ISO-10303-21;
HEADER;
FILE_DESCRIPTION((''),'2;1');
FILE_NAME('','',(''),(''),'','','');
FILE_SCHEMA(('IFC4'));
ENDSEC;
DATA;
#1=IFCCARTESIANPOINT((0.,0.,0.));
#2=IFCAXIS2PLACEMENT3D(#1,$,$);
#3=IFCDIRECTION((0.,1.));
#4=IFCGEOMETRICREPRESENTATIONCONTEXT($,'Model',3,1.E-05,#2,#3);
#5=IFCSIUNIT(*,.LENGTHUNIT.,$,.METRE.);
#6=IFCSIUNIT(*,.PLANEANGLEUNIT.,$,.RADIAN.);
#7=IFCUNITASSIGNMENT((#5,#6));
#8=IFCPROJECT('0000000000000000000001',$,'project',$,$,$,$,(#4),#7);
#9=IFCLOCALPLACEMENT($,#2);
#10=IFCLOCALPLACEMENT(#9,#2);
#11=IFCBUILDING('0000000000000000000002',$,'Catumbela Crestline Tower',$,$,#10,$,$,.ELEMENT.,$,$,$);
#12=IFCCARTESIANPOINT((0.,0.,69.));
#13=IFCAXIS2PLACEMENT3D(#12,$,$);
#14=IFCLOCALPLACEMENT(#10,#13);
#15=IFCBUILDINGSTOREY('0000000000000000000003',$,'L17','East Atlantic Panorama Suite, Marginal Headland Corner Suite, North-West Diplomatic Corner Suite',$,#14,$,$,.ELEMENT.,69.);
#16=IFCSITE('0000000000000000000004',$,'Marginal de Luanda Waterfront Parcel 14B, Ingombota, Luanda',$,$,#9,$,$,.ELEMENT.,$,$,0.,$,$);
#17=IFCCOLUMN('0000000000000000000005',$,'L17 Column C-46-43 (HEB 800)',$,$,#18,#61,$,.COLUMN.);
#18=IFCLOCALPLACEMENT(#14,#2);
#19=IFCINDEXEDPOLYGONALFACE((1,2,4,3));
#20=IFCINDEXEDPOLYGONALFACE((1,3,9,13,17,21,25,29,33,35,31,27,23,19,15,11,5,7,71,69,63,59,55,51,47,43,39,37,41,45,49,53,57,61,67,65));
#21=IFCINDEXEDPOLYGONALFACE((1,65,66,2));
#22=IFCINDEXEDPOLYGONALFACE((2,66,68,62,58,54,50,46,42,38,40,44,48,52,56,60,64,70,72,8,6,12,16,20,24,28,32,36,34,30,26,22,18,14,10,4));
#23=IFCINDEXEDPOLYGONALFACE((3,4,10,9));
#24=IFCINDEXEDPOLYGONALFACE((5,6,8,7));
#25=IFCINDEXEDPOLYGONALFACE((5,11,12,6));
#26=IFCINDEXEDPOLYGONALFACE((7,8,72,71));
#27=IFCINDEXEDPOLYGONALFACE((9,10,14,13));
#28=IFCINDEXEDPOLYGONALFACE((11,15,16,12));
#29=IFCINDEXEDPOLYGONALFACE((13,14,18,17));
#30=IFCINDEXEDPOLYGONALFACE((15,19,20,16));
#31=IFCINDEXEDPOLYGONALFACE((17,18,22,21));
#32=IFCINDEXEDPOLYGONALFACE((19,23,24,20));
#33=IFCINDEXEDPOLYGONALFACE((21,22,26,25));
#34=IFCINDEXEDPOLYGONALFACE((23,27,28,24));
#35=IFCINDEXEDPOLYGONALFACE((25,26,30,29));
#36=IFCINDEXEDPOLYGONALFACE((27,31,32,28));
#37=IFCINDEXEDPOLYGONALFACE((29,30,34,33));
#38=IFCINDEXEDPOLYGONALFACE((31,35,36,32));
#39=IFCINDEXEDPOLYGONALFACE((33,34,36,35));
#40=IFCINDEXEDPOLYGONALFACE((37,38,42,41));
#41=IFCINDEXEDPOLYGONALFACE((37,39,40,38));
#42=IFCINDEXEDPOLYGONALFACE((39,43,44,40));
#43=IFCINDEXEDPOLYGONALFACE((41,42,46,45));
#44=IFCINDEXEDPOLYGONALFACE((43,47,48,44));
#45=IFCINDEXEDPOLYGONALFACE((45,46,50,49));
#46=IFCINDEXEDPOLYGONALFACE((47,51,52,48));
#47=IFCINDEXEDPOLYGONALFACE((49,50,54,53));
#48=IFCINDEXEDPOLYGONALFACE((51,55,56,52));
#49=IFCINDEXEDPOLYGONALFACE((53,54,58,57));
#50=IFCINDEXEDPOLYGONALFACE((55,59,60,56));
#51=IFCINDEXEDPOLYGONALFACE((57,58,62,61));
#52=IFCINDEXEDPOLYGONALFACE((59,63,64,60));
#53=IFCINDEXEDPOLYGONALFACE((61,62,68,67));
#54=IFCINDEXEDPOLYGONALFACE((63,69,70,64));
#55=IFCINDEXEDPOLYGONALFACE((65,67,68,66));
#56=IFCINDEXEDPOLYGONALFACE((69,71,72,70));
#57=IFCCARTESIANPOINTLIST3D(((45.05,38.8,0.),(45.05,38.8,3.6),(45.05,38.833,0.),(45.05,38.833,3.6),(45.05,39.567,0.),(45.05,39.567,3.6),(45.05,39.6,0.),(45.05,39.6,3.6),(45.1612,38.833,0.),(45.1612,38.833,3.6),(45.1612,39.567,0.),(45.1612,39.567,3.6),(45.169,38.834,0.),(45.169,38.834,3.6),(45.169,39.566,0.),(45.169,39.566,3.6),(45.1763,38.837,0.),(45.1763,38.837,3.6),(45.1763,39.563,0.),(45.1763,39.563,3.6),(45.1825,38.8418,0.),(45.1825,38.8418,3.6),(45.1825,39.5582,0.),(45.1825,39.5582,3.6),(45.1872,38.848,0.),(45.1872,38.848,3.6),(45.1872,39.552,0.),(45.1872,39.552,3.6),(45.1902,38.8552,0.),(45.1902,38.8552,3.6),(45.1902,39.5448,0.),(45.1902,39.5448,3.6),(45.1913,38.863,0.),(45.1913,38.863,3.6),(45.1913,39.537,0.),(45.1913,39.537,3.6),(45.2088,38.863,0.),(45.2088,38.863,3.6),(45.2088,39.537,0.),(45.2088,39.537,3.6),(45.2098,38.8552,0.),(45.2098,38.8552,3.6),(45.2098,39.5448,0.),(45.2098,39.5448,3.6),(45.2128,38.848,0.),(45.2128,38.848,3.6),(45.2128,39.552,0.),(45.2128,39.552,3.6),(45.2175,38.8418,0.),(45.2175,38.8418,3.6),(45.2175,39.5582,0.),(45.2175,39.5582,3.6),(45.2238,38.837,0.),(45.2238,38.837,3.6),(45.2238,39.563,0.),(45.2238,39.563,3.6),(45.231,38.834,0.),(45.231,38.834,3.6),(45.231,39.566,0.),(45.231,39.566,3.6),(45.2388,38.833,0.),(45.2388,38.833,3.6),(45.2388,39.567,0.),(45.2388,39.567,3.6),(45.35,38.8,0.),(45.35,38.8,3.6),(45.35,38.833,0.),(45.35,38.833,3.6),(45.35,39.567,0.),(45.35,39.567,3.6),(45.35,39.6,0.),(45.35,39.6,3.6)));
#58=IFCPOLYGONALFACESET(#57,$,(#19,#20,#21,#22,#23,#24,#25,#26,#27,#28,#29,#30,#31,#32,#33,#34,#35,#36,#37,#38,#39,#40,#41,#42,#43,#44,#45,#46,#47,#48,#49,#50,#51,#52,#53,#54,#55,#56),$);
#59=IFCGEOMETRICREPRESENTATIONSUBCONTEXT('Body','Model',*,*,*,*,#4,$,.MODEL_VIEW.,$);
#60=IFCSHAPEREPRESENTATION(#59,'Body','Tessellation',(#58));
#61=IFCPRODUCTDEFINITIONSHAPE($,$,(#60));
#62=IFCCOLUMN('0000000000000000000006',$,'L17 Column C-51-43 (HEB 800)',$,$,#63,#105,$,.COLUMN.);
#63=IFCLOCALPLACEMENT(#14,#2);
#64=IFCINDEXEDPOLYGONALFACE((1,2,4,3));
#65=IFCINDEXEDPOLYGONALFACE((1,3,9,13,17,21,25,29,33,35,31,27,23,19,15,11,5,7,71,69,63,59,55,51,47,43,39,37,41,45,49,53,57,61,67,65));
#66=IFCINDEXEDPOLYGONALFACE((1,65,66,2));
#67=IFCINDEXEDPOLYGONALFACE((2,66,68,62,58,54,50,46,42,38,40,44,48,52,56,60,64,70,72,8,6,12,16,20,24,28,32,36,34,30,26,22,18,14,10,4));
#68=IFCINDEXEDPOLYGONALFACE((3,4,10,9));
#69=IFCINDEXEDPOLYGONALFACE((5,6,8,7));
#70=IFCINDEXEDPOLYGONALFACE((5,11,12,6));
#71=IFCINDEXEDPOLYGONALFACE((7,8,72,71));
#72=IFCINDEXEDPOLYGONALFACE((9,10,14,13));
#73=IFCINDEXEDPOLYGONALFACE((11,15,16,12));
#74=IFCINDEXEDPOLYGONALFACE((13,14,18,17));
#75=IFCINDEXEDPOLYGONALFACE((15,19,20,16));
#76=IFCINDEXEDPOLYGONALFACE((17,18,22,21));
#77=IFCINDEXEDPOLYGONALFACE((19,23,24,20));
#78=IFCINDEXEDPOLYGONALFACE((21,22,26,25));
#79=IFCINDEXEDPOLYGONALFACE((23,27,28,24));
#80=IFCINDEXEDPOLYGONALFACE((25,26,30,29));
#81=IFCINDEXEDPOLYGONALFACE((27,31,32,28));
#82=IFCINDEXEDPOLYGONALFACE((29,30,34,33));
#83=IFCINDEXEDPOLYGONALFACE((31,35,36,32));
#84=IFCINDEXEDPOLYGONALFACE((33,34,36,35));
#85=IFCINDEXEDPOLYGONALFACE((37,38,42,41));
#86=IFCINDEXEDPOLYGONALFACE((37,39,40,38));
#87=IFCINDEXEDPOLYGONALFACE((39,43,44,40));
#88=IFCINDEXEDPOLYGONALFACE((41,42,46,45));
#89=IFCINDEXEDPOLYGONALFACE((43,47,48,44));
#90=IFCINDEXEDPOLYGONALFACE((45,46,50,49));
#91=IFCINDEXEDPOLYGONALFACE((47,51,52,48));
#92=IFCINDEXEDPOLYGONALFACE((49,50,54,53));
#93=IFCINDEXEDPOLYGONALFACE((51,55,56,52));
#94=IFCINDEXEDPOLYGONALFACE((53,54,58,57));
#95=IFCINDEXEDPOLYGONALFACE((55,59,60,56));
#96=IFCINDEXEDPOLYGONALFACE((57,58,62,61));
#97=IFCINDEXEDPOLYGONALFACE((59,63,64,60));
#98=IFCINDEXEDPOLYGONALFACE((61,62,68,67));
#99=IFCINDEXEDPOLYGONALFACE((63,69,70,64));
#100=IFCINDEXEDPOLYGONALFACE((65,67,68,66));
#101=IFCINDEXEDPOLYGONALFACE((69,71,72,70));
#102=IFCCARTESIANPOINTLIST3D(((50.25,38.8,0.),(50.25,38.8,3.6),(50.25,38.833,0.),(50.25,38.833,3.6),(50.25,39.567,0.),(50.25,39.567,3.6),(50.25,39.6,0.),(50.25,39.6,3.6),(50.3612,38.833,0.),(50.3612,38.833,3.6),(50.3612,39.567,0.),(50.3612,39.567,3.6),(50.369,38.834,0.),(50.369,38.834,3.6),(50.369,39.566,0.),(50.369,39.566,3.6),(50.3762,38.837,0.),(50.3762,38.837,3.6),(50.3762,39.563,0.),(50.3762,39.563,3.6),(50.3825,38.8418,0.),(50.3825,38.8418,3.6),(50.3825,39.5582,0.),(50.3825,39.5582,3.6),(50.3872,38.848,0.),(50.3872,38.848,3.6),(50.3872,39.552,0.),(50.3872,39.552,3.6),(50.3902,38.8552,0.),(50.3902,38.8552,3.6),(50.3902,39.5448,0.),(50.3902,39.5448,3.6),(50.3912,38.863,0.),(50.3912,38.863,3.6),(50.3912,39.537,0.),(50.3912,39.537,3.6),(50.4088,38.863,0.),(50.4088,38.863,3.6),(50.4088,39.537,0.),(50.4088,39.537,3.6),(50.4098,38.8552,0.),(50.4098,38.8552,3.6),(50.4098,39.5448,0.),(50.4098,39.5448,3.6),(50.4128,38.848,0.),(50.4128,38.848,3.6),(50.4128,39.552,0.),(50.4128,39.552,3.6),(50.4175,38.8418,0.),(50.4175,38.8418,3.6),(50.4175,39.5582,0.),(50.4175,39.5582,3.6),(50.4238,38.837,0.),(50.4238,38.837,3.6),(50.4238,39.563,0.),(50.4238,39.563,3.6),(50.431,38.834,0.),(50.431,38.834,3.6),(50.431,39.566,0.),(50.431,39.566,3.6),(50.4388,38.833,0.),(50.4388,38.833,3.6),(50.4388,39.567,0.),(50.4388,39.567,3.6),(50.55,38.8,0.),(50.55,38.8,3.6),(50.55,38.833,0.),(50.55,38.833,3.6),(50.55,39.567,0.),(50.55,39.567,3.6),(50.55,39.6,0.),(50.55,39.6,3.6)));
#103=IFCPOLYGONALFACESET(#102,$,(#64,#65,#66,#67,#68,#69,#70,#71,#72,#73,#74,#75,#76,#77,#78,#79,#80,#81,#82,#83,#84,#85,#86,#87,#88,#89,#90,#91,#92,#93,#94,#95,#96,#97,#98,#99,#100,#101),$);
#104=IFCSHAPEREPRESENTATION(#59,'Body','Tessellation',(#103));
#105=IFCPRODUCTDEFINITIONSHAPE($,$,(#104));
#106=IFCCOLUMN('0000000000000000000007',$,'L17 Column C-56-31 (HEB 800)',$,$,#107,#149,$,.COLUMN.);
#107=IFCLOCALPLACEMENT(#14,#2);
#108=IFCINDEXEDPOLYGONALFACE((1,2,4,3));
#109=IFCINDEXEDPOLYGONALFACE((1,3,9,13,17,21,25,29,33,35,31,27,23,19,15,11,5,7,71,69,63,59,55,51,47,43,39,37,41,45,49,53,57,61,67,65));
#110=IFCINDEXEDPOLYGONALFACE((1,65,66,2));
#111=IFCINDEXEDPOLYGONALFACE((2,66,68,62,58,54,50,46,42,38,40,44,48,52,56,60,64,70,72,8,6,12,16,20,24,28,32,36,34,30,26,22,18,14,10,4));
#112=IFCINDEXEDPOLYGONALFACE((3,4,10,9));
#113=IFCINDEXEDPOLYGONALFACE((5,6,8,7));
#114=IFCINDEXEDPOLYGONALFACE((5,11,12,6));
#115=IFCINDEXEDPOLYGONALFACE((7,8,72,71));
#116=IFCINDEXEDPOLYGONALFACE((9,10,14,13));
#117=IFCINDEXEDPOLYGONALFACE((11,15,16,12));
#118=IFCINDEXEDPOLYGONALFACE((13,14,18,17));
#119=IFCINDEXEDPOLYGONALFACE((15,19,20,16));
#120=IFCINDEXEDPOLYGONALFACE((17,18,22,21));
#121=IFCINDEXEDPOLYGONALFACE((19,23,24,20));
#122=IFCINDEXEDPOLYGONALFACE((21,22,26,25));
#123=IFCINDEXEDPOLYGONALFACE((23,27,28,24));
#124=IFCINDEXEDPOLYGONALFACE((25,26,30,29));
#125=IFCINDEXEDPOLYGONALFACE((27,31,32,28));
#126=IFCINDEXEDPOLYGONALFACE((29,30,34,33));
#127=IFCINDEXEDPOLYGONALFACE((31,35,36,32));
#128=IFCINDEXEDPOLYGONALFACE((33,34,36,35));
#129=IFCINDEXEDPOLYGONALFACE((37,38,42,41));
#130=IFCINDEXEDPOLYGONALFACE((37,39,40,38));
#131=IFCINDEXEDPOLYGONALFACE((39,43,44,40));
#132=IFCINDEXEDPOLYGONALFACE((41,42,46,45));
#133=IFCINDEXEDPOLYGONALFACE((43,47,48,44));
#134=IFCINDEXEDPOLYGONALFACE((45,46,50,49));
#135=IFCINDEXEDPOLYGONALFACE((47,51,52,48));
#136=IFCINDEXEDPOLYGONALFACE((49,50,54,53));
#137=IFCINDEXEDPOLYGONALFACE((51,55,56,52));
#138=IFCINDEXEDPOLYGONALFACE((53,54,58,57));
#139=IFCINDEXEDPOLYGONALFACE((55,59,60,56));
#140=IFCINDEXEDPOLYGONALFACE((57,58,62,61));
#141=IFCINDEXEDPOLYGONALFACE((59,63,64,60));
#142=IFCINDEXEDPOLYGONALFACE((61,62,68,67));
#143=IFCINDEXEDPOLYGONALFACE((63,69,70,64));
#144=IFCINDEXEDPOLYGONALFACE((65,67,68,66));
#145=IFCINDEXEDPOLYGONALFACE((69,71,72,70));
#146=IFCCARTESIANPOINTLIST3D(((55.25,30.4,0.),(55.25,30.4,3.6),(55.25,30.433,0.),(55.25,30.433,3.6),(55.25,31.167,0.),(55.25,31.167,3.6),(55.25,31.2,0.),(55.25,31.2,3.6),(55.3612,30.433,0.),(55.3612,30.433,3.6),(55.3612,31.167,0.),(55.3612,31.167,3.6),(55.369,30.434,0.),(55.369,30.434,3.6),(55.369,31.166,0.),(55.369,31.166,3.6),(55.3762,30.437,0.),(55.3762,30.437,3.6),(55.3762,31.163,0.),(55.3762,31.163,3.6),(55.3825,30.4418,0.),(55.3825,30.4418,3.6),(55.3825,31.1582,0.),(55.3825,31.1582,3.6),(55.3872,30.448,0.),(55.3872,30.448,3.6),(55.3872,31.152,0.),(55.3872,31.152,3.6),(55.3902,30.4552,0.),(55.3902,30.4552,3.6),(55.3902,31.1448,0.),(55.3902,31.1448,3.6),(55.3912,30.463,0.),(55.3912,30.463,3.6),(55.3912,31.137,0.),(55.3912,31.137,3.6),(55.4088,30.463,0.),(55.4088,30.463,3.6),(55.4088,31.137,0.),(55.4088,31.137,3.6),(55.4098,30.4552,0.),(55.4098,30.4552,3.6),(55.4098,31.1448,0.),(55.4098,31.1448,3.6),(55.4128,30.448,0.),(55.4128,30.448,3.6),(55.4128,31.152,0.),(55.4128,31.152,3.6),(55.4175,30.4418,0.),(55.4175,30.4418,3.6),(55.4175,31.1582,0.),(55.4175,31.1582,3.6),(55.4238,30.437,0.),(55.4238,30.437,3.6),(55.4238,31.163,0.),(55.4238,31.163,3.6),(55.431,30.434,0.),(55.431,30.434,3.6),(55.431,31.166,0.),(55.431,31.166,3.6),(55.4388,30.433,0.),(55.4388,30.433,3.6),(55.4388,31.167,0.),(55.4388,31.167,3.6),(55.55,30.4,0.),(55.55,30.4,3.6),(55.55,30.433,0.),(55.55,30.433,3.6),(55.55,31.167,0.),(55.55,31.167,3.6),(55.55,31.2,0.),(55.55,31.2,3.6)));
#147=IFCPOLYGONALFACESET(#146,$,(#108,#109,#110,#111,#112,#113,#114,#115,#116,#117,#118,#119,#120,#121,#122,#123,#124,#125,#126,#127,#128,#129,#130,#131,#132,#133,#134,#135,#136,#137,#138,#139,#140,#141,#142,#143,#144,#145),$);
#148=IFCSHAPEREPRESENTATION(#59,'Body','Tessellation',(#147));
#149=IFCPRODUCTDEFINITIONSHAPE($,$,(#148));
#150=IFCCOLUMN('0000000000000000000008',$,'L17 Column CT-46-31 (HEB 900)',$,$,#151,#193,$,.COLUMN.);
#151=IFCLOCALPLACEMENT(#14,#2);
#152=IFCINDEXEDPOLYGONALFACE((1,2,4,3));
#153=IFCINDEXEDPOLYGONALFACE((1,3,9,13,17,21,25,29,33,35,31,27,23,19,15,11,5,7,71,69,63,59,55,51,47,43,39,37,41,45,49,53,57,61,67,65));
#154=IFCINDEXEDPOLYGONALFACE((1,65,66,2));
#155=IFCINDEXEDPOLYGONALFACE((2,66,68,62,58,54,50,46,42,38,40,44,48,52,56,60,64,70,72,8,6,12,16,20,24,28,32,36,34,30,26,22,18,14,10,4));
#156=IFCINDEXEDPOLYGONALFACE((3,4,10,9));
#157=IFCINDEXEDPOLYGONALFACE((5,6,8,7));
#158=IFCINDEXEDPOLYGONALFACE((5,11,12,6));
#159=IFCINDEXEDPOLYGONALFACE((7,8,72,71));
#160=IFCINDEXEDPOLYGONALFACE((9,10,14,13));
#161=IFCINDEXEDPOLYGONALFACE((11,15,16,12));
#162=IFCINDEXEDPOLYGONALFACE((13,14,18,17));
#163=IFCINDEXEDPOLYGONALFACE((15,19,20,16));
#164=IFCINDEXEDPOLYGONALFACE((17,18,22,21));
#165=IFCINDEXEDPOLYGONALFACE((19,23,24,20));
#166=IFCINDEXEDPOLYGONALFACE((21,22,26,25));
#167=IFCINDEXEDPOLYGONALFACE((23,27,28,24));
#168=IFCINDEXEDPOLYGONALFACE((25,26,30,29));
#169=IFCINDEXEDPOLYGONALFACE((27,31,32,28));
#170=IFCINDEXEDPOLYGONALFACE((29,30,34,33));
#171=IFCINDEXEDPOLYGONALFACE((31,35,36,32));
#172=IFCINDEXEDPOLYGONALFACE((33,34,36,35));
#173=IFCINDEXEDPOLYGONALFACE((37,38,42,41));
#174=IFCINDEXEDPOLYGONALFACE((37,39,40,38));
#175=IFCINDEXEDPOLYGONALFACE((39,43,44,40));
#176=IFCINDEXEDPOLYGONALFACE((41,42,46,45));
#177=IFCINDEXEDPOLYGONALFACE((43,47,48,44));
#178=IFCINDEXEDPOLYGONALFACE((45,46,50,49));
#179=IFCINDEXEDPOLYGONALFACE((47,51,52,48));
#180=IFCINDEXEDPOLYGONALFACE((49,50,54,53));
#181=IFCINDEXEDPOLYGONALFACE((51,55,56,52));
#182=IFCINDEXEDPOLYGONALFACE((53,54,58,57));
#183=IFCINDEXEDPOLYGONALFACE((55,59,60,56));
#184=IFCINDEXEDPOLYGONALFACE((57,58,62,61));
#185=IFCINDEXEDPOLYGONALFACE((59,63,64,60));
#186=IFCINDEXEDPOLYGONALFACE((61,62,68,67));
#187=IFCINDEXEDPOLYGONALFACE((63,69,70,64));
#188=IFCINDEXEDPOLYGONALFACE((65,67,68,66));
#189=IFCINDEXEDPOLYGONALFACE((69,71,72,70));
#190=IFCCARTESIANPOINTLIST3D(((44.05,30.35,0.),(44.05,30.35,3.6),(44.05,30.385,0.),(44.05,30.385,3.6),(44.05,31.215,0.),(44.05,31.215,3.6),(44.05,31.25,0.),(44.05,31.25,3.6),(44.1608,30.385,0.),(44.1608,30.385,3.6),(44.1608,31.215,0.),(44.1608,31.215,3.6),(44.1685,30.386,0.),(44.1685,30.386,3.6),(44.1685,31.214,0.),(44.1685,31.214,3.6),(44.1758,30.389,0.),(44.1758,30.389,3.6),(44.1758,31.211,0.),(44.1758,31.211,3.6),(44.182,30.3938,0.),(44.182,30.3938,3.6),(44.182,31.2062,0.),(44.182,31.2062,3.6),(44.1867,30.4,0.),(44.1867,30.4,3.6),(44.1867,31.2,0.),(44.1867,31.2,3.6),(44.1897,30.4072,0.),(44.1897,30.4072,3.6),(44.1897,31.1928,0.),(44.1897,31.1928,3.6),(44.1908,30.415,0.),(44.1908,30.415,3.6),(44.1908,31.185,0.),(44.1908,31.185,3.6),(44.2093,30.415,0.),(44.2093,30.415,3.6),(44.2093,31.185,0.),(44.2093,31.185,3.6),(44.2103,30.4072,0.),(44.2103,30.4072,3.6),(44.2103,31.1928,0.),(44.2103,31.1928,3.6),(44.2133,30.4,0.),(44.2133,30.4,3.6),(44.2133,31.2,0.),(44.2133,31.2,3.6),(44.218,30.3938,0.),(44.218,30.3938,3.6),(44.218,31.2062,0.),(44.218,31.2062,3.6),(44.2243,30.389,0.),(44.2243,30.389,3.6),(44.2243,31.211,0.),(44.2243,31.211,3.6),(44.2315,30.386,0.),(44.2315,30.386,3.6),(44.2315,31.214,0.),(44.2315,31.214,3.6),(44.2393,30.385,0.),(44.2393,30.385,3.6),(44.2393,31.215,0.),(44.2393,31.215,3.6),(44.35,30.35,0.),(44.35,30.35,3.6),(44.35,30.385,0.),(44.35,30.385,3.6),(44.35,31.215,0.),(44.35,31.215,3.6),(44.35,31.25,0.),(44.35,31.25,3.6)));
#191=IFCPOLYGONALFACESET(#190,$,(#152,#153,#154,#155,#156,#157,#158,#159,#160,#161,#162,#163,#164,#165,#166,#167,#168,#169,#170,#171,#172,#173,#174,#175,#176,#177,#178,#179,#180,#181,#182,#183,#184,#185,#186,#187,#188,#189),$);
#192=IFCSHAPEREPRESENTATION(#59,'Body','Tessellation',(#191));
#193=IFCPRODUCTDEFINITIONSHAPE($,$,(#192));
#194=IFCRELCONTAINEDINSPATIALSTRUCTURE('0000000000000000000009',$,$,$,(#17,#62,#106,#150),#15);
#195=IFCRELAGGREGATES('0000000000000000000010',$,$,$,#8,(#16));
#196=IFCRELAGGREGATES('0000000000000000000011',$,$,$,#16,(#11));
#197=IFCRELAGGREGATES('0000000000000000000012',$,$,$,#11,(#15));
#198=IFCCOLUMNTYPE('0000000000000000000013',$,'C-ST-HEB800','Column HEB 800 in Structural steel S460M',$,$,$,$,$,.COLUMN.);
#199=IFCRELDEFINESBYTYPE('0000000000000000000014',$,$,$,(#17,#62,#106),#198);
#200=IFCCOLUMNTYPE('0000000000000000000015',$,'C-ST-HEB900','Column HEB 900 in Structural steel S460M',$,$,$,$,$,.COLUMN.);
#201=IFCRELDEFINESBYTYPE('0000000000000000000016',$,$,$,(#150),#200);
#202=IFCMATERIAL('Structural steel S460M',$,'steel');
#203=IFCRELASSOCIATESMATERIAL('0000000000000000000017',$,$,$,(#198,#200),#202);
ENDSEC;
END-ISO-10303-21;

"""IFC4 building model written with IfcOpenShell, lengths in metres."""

from ifc_helpers import new_model, si_unit, direction, frame, origin, origin_2d, place, context, subcontext, project, spatial, i_section, extrude, material, material_profile, profile_set, type_object, element, save


model = new_model("IFC4")

# Units and contexts
model_context = context("Model", 3, precision=1e-05, world=origin(), true_north=direction((0.0, 1.0)))
body_context = subcontext(model_context, "Body", "Model", "MODEL_VIEW")
ifc_project = project(units=[si_unit("LENGTHUNIT", "METRE"), si_unit("PLANEANGLEUNIT", "RADIAN")], contexts=[model_context])

# Site, building, storey
site_placement = place(None, origin())
site = spatial("IfcSite", under=ifc_project, at=site_placement, Name="Marginal de Luanda Waterfront Parcel 14B, Ingombota, Luanda", CompositionType="ELEMENT", RefElevation=0.0)
building_placement = place(site_placement, origin())
building = spatial("IfcBuilding", under=site, at=building_placement, Name="Catumbela Crestline Tower", CompositionType="ELEMENT")
storey_placement = place(building_placement, frame((0.0, 0.0, 69.0)))
storey = spatial("IfcBuildingStorey", under=building, at=storey_placement, Name="L17", Description="East Atlantic Panorama Suite, Marginal Headland Corner Suite, North-West Diplomatic Corner Suite", CompositionType="ELEMENT", Elevation=69.0)

# Columns
ifc_material_1 = material(Name="Structural steel S460M", Category="steel")
ifc_material_profile_1 = material_profile(ifc_material_1, i_section(OverallWidth=0.3, OverallDepth=0.8, WebThickness=0.0175, FlangeThickness=0.033, FilletRadius=0.03, at=origin_2d()), Name="HEB 800")
ifc_profile_set_1 = profile_set([ifc_material_profile_1], Name="Structural steel S460M")
column_type_1 = type_object("IfcColumnType", Name="C-ST-HEB800", Description="Column HEB 800 in Structural steel S460M", PredefinedType="COLUMN", material=ifc_profile_set_1)
for number, where, z_axis, x_axis, name in (
    (1, (45.2, 39.2, 0.0), (0.0, 0.0, 1.0), (1.0, 0.0, 0.0), "L17 Column C-46-43 (HEB 800)"),
    (2, (50.4, 39.2, 0.0), (0.0, 0.0, 1.0), (1.0, 0.0, 0.0), "L17 Column C-51-43 (HEB 800)"),
    (3, (55.4, 30.8, 0.0), (0.0, 0.0, 1.0), (1.0, 0.0, 0.0), "L17 Column C-56-31 (HEB 800)"),
):
    element("IfcColumn", number, at=place(storey_placement, frame(where, z_axis=z_axis, x_axis=x_axis)), inside=storey, type_object=column_type_1, Name=name, PredefinedType="COLUMN", context=body_context, shape_type="SweptSolid", body=[
        extrude(i_section(OverallWidth=0.3, OverallDepth=0.8, WebThickness=0.0175, FlangeThickness=0.033, FilletRadius=0.03, at=origin_2d()), origin(), (0.0, 0.0, 1.0), 3.6),
    ])
ifc_material_profile_2 = material_profile(ifc_material_1, i_section(OverallWidth=0.3, OverallDepth=0.9, WebThickness=0.0185, FlangeThickness=0.035, FilletRadius=0.03, at=origin_2d()), Name="HEB 900")
ifc_profile_set_2 = profile_set([ifc_material_profile_2], Name="Structural steel S460M")
column_type_2 = type_object("IfcColumnType", Name="C-ST-HEB900", Description="Column HEB 900 in Structural steel S460M", PredefinedType="COLUMN", material=ifc_profile_set_2)
for number, where, z_axis, x_axis, name in (
    (4, (44.2, 30.8, 0.0), (0.0, 0.0, 1.0), (1.0, 0.0, 0.0), "L17 Column CT-46-31 (HEB 900)"),
):
    element("IfcColumn", number, at=place(storey_placement, frame(where, z_axis=z_axis, x_axis=x_axis)), inside=storey, type_object=column_type_2, Name=name, PredefinedType="COLUMN", context=body_context, shape_type="SweptSolid", body=[
        extrude(i_section(OverallWidth=0.3, OverallDepth=0.9, WebThickness=0.0185, FlangeThickness=0.035, FilletRadius=0.03, at=origin_2d()), origin(), (0.0, 0.0, 1.0), 3.6),
    ])

save(model, "model.ifc")
